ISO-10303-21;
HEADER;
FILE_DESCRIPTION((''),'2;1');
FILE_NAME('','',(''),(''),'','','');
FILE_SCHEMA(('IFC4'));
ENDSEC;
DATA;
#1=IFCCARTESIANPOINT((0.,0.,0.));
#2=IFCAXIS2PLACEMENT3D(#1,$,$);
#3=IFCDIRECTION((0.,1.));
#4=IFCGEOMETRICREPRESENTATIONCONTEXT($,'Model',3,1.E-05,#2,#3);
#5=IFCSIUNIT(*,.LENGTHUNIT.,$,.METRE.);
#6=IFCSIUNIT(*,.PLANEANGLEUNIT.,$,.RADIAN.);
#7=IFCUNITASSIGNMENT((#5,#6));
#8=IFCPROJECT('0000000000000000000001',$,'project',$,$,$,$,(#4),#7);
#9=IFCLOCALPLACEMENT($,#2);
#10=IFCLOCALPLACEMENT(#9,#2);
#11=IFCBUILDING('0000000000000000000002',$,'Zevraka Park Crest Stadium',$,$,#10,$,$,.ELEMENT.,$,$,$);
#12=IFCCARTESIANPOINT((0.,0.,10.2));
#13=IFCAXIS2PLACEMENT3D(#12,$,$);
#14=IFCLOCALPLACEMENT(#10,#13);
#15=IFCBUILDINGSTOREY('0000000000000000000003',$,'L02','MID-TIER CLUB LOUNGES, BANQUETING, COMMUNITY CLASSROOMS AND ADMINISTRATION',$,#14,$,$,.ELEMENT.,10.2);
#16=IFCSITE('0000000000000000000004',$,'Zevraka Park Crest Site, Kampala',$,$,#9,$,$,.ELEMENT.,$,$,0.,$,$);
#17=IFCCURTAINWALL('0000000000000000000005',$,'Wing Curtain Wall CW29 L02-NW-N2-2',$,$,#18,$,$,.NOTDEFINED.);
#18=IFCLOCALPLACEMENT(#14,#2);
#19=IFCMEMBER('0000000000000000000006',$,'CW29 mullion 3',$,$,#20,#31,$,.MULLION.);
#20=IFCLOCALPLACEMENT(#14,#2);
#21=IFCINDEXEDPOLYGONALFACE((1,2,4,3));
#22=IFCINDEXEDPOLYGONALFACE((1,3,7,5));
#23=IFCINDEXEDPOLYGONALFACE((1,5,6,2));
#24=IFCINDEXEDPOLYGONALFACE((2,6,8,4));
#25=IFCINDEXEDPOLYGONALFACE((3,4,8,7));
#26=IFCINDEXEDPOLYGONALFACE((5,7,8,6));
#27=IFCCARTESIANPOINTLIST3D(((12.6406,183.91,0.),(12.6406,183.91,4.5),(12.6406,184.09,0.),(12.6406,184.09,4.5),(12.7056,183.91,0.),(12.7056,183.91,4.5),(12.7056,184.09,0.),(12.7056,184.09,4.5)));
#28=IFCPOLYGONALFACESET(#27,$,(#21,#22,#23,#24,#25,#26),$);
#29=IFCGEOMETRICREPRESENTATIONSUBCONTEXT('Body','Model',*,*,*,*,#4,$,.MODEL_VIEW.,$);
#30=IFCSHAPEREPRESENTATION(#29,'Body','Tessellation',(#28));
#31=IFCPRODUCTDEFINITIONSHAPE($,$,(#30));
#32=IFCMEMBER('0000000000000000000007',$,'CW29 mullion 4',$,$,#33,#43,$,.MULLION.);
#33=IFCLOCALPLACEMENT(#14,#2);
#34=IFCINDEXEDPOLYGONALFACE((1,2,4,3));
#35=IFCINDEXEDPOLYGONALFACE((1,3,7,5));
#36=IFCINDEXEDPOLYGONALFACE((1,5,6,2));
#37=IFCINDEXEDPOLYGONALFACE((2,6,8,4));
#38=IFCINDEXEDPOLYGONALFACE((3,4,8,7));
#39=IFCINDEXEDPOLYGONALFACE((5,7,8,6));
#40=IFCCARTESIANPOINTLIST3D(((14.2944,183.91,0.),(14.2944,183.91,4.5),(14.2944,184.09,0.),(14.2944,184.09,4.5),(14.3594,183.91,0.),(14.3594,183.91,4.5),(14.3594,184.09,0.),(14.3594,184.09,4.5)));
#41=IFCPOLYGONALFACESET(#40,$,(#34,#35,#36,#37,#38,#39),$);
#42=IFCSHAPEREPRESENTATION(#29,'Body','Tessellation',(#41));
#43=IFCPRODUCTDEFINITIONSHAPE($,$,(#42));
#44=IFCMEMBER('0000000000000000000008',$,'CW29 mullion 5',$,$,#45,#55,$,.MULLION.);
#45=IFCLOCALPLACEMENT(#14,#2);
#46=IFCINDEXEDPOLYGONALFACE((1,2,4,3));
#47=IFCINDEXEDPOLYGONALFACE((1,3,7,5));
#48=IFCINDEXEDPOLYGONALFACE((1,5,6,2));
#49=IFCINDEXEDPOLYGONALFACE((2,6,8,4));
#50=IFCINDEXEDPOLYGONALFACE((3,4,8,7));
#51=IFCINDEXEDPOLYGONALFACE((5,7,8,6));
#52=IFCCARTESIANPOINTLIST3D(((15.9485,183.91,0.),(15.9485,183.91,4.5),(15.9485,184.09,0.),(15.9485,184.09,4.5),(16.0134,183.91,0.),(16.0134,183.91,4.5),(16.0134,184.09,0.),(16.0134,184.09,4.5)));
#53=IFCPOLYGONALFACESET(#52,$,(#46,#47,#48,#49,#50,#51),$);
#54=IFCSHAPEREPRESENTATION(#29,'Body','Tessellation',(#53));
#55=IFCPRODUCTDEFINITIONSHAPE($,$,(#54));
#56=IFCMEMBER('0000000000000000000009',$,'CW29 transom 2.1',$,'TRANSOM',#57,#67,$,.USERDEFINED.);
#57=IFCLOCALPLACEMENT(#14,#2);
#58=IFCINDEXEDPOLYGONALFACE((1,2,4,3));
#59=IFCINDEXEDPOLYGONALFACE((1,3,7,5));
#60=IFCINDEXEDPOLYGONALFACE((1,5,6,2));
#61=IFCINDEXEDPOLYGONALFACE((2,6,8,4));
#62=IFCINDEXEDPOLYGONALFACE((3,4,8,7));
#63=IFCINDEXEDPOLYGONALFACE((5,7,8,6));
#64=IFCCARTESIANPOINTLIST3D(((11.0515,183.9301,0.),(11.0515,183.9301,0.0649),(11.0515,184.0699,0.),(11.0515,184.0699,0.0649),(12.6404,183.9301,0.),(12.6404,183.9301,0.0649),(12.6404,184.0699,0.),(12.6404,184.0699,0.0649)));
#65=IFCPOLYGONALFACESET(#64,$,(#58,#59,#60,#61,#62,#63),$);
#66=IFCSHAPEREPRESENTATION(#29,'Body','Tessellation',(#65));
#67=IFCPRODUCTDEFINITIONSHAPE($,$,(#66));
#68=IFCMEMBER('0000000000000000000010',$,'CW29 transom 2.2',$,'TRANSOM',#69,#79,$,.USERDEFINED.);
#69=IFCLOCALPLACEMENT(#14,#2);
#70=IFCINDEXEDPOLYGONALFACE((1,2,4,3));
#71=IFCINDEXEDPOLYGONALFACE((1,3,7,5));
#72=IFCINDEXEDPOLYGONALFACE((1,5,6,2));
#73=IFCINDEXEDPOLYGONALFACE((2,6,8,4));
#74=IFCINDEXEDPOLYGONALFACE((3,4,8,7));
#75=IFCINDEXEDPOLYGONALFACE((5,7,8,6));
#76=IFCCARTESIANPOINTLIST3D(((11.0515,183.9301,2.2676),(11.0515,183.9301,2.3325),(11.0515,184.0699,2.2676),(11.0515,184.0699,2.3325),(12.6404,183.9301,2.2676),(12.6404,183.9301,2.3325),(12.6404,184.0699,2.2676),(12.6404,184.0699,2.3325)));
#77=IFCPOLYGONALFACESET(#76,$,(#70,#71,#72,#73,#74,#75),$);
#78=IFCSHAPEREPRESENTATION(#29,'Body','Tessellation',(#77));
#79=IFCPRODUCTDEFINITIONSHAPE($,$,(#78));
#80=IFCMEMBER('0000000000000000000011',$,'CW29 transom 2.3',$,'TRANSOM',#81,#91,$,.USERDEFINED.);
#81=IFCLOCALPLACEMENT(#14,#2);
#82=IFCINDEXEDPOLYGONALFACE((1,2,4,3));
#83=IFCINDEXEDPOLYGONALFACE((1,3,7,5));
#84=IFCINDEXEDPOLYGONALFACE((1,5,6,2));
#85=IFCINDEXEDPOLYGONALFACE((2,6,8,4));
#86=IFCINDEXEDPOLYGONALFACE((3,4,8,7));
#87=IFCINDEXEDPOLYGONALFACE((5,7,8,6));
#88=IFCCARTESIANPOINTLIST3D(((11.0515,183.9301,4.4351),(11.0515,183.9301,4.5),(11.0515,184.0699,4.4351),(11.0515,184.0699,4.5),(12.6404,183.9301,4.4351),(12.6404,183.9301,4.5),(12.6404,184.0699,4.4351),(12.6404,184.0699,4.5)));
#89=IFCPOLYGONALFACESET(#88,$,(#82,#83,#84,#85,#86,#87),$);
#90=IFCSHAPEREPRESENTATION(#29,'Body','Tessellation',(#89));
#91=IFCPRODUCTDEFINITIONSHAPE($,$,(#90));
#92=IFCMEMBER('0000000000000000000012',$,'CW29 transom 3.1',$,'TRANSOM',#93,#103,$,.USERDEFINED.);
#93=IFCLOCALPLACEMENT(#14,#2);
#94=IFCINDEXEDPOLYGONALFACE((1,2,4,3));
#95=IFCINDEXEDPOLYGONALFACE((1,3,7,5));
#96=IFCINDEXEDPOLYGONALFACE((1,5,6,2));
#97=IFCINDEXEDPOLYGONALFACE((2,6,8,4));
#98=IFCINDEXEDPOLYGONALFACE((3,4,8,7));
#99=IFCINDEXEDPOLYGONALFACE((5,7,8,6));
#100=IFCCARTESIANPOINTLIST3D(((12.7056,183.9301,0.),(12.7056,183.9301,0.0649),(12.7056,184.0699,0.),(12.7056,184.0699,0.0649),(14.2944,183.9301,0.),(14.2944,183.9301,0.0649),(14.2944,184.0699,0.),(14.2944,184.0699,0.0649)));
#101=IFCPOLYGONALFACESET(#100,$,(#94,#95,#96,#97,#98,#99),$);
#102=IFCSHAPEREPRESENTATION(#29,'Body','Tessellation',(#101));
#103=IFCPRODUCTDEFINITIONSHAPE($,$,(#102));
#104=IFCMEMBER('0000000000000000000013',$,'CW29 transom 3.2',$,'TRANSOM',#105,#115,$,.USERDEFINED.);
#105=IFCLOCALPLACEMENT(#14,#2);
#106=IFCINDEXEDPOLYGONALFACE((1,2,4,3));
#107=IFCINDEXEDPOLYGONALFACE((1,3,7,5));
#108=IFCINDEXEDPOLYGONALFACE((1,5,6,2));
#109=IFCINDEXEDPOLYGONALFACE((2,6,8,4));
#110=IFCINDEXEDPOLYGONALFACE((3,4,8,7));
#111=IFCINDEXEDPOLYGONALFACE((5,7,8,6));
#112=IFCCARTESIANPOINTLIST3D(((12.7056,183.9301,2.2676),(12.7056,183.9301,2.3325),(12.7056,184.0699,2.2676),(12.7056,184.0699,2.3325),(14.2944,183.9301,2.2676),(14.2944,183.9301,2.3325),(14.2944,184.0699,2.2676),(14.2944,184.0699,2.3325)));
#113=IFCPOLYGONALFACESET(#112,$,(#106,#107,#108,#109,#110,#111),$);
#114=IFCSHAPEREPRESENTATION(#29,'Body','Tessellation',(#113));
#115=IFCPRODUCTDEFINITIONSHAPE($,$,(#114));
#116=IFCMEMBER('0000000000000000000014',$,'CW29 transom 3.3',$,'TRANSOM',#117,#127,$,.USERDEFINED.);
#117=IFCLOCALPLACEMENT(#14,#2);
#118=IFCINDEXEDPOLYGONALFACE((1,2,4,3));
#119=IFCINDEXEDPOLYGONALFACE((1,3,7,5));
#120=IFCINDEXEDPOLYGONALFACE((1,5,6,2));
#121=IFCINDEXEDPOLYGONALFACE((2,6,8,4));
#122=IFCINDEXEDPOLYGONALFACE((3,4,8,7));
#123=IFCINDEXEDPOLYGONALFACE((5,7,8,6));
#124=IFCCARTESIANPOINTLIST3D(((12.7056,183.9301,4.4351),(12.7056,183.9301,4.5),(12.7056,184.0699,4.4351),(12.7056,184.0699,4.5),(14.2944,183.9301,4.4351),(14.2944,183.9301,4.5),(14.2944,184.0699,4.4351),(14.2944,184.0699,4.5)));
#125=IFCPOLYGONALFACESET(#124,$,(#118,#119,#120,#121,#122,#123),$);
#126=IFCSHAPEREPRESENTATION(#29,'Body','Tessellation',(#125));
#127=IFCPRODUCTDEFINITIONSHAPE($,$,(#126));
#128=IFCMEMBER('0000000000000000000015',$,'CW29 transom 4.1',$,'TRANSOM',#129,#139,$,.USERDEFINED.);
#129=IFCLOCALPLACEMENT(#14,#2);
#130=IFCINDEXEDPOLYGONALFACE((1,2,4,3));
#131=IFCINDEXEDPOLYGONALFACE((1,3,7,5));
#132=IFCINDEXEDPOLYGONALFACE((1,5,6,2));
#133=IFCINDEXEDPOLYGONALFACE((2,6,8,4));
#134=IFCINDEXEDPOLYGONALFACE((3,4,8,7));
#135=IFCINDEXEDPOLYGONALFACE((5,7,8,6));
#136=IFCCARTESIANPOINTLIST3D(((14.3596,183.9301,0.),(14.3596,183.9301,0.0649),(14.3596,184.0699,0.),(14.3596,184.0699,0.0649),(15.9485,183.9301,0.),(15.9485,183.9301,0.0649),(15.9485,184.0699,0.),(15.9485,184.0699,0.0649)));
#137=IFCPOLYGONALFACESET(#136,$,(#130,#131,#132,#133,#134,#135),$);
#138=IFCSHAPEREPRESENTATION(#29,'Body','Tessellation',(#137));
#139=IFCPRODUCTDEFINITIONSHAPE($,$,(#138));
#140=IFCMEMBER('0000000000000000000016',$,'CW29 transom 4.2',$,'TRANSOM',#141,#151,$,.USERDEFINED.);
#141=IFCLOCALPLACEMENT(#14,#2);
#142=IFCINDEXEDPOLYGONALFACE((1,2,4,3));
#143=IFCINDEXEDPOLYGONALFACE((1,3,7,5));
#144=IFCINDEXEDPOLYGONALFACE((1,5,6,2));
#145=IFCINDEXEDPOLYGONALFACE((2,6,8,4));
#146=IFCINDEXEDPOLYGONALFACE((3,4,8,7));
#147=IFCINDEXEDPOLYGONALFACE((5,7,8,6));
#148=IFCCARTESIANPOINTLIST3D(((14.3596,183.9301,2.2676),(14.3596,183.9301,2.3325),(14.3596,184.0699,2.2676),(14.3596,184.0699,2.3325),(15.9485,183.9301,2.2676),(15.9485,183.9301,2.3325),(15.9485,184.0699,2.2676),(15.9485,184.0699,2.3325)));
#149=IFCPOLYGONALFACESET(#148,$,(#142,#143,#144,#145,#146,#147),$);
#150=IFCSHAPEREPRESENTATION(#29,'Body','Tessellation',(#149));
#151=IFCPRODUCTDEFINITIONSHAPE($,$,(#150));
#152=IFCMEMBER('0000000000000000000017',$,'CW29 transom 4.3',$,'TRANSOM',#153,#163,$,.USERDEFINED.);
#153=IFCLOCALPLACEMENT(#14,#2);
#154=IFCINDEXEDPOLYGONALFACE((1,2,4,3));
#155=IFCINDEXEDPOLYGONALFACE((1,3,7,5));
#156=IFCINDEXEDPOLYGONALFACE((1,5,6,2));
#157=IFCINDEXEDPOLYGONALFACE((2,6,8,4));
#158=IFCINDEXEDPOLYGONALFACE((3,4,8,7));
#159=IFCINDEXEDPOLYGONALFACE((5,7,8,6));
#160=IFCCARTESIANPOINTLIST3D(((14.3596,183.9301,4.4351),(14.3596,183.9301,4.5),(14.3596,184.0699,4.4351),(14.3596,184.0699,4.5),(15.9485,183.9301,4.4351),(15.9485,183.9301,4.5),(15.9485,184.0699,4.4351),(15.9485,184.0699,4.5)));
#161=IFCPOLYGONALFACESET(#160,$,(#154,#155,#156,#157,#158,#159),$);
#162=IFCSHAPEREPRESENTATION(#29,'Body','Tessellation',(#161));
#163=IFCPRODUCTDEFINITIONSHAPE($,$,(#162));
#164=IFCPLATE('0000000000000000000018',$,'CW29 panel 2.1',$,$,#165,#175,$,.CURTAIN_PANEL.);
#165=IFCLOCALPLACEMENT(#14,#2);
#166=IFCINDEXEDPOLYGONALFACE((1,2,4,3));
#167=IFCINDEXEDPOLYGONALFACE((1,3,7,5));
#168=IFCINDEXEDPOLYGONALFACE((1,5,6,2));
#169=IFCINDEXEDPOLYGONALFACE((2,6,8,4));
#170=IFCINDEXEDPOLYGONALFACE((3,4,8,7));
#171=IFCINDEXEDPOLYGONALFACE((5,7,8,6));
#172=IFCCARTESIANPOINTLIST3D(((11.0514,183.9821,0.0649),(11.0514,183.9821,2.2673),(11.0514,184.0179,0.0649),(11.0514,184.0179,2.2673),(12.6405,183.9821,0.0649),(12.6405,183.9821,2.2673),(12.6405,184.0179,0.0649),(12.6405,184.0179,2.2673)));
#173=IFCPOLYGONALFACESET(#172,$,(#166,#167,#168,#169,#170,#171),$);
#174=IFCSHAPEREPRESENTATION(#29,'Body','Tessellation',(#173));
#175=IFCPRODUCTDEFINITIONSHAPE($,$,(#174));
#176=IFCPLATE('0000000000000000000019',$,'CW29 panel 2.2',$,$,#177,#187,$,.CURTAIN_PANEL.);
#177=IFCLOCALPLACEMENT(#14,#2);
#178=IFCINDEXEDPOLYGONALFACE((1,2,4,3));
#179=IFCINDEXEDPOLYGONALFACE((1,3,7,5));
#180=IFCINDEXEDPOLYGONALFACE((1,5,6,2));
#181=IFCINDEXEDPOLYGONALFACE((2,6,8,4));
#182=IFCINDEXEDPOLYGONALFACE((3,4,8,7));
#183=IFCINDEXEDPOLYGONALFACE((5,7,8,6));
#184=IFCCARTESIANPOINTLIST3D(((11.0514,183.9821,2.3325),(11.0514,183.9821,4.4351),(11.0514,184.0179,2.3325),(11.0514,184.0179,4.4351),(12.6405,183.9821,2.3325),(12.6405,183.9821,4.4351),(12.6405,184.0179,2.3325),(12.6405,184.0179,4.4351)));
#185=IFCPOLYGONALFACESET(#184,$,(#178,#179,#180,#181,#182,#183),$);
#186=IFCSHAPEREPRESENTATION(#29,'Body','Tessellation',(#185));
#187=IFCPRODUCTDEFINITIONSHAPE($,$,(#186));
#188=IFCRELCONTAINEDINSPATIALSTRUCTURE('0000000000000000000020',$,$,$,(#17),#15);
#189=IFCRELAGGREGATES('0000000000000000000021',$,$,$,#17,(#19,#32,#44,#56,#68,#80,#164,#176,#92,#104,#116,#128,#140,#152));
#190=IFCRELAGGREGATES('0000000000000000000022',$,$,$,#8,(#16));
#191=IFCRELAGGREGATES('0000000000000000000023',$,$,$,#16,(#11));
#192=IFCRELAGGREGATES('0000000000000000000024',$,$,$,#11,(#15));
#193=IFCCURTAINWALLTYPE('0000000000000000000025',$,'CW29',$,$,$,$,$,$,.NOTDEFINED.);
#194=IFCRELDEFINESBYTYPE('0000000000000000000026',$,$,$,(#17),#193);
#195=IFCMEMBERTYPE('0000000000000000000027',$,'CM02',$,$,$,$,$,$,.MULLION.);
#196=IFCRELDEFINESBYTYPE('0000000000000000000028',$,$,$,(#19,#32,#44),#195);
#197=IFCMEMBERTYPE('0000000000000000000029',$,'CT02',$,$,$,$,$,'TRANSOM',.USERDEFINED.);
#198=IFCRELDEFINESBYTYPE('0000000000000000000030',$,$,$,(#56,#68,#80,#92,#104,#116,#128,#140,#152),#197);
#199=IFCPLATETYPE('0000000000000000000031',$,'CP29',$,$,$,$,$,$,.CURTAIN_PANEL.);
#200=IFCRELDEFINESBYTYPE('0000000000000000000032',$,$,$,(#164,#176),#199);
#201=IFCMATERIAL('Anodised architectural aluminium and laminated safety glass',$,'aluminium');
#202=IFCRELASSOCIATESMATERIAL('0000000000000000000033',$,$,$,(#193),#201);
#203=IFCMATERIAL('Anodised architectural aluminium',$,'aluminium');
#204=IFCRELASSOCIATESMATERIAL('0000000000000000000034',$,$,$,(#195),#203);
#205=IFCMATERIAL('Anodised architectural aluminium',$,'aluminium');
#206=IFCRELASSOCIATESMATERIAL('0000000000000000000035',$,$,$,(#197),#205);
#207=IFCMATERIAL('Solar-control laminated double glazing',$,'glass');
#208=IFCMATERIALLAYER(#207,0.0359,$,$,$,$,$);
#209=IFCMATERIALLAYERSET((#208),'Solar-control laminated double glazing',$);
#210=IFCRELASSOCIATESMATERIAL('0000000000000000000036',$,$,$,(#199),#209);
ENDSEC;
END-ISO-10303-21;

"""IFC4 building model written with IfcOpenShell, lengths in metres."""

from ifc_helpers import new_model, si_unit, direction, frame, origin, origin_2d, place, context, subcontext, project, spatial, rectangle, extrude, material, layer, layer_set, material_profile, profile_set, type_object, element, aggregate, save


model = new_model("IFC4")

# Units and contexts
model_context = context("Model", 3, precision=1e-05, world=origin(), true_north=direction((0.0, 1.0)))
body_context = subcontext(model_context, "Body", "Model", "MODEL_VIEW")
ifc_project = project(units=[si_unit("LENGTHUNIT", "METRE"), si_unit("PLANEANGLEUNIT", "RADIAN")], contexts=[model_context])

# Site, building, storey
site_placement = place(None, origin())
site = spatial("IfcSite", under=ifc_project, at=site_placement, Name="Zevraka Park Crest Site, Kampala", CompositionType="ELEMENT", RefElevation=0.0)
building_placement = place(site_placement, origin())
building = spatial("IfcBuilding", under=site, at=building_placement, Name="Zevraka Park Crest Stadium", CompositionType="ELEMENT")
storey_placement = place(building_placement, frame((0.0, 0.0, 10.2)))
storey = spatial("IfcBuildingStorey", under=building, at=storey_placement, Name="L02", Description="MID-TIER CLUB LOUNGES, BANQUETING, COMMUNITY CLASSROOMS AND ADMINISTRATION", CompositionType="ELEMENT", Elevation=10.2)

# Curtain wall, members, plates
ifc_material_1 = material(Name="Anodised architectural aluminium and laminated safety glass", Category="aluminium")
curtain_wall_type = type_object("IfcCurtainWallType", Name="CW29", PredefinedType="NOTDEFINED", material=ifc_material_1)
curtain_wall_placement = place(storey_placement, origin())
curtain_wall = element("IfcCurtainWall", 1, at=curtain_wall_placement, inside=storey, type_object=curtain_wall_type, Name="Wing Curtain Wall CW29 L02-NW-N2-2", PredefinedType="NOTDEFINED")
ifc_material_2 = material(Name="Anodised architectural aluminium", Category="aluminium")
ifc_material_profile_1 = material_profile(ifc_material_2, rectangle(XDim=0.1799, YDim=0.0649, at=origin_2d()), Name="ALU MULLION 180x65")
ifc_profile_set_1 = profile_set([ifc_material_profile_1], Name="Anodised architectural aluminium")
member_type_1 = type_object("IfcMemberType", Name="CM02", PredefinedType="MULLION", material=ifc_profile_set_1)
member_1_placement = place(storey_placement, frame((12.6731, 184.0, 0.0), z_axis=(0.0, 0.0, 1.0), x_axis=(0.0, 1.0, 0.0)))
member_1 = element("IfcMember", 2, at=member_1_placement, type_object=member_type_1, Name="CW29 mullion 3", PredefinedType="MULLION", context=body_context, shape_type="SweptSolid", body=[
    extrude(rectangle(XDim=0.1799, YDim=0.0649, at=origin_2d()), origin(), (0.0, 0.0, 1.0), 4.5),
])
member_2_placement = place(storey_placement, frame((14.3269, 184.0, 0.0), z_axis=(0.0, 0.0, 1.0), x_axis=(0.0, 1.0, 0.0)))
member_2 = element("IfcMember", 3, at=member_2_placement, type_object=member_type_1, Name="CW29 mullion 4", PredefinedType="MULLION", context=body_context, shape_type="SweptSolid", body=[
    extrude(rectangle(XDim=0.1799, YDim=0.0649, at=origin_2d()), origin(), (0.0, 0.0, 1.0), 4.5),
])
member_3_placement = place(storey_placement, frame((15.981, 184.0, 0.0), z_axis=(0.0, 0.0, 1.0), x_axis=(0.0, 1.0, 0.0)))
member_3 = element("IfcMember", 4, at=member_3_placement, type_object=member_type_1, Name="CW29 mullion 5", PredefinedType="MULLION", context=body_context, shape_type="SweptSolid", body=[
    extrude(rectangle(XDim=0.1799, YDim=0.0649, at=origin_2d()), origin(), (0.0, 0.0, 1.0), 4.5),
])
ifc_material_3 = material(Name="Anodised architectural aluminium", Category="aluminium")
ifc_material_profile_2 = material_profile(ifc_material_3, rectangle(XDim=0.1399, YDim=0.0649, at=origin_2d()), Name="ALU TRANSOM 140x65")
ifc_profile_set_2 = profile_set([ifc_material_profile_2], Name="Anodised architectural aluminium")
member_type_2 = type_object("IfcMemberType", Name="CT02", ElementType="TRANSOM", PredefinedType="USERDEFINED", material=ifc_profile_set_2)
member_4_placement = place(storey_placement, frame((11.0515, 184.0, 0.0325), z_axis=(1.0, 0.0, 0.0), x_axis=(0.0, 1.0, 0.0)))
member_4 = element("IfcMember", 5, at=member_4_placement, type_object=member_type_2, Name="CW29 transom 2.1", ObjectType="TRANSOM", PredefinedType="USERDEFINED", context=body_context, shape_type="SweptSolid", body=[
    extrude(rectangle(XDim=0.1399, YDim=0.0649, at=origin_2d()), origin(), (0.0, 0.0, 1.0), 1.5889),
])
member_5_placement = place(storey_placement, frame((11.0515, 184.0, 2.3), z_axis=(1.0, 0.0, 0.0), x_axis=(0.0, 1.0, 0.0)))
member_5 = element("IfcMember", 6, at=member_5_placement, type_object=member_type_2, Name="CW29 transom 2.2", ObjectType="TRANSOM", PredefinedType="USERDEFINED", context=body_context, shape_type="SweptSolid", body=[
    extrude(rectangle(XDim=0.1399, YDim=0.0649, at=origin_2d()), origin(), (0.0, 0.0, 1.0), 1.5889),
])
member_6_placement = place(storey_placement, frame((11.0515, 184.0, 4.4675), z_axis=(1.0, 0.0, 0.0), x_axis=(0.0, 1.0, 0.0)))
member_6 = element("IfcMember", 7, at=member_6_placement, type_object=member_type_2, Name="CW29 transom 2.3", ObjectType="TRANSOM", PredefinedType="USERDEFINED", context=body_context, shape_type="SweptSolid", body=[
    extrude(rectangle(XDim=0.1399, YDim=0.0649, at=origin_2d()), origin(), (0.0, 0.0, 1.0), 1.5889),
])
member_7_placement = place(storey_placement, frame((12.7056, 184.0, 0.0325), z_axis=(1.0, 0.0, 0.0), x_axis=(0.0, 1.0, 0.0)))
member_7 = element("IfcMember", 8, at=member_7_placement, type_object=member_type_2, Name="CW29 transom 3.1", ObjectType="TRANSOM", PredefinedType="USERDEFINED", context=body_context, shape_type="SweptSolid", body=[
    extrude(rectangle(XDim=0.1399, YDim=0.0649, at=origin_2d()), origin(), (0.0, 0.0, 1.0), 1.5889),
])
member_8_placement = place(storey_placement, frame((12.7056, 184.0, 2.3), z_axis=(1.0, 0.0, 0.0), x_axis=(0.0, 1.0, 0.0)))
member_8 = element("IfcMember", 9, at=member_8_placement, type_object=member_type_2, Name="CW29 transom 3.2", ObjectType="TRANSOM", PredefinedType="USERDEFINED", context=body_context, shape_type="SweptSolid", body=[
    extrude(rectangle(XDim=0.1399, YDim=0.0649, at=origin_2d()), origin(), (0.0, 0.0, 1.0), 1.5889),
])
member_9_placement = place(storey_placement, frame((12.7056, 184.0, 4.4675), z_axis=(1.0, 0.0, 0.0), x_axis=(0.0, 1.0, 0.0)))
member_9 = element("IfcMember", 10, at=member_9_placement, type_object=member_type_2, Name="CW29 transom 3.3", ObjectType="TRANSOM", PredefinedType="USERDEFINED", context=body_context, shape_type="SweptSolid", body=[
    extrude(rectangle(XDim=0.1399, YDim=0.0649, at=origin_2d()), origin(), (0.0, 0.0, 1.0), 1.5889),
])
member_10_placement = place(storey_placement, frame((14.3596, 184.0, 0.0325), z_axis=(1.0, 0.0, 0.0), x_axis=(0.0, 1.0, 0.0)))
member_10 = element("IfcMember", 11, at=member_10_placement, type_object=member_type_2, Name="CW29 transom 4.1", ObjectType="TRANSOM", PredefinedType="USERDEFINED", context=body_context, shape_type="SweptSolid", body=[
    extrude(rectangle(XDim=0.1399, YDim=0.0649, at=origin_2d()), origin(), (0.0, 0.0, 1.0), 1.5889),
])
member_11_placement = place(storey_placement, frame((14.3596, 184.0, 2.3), z_axis=(1.0, 0.0, 0.0), x_axis=(0.0, 1.0, 0.0)))
member_11 = element("IfcMember", 12, at=member_11_placement, type_object=member_type_2, Name="CW29 transom 4.2", ObjectType="TRANSOM", PredefinedType="USERDEFINED", context=body_context, shape_type="SweptSolid", body=[
    extrude(rectangle(XDim=0.1399, YDim=0.0649, at=origin_2d()), origin(), (0.0, 0.0, 1.0), 1.5889),
])
member_12_placement = place(storey_placement, frame((14.3596, 184.0, 4.4675), z_axis=(1.0, 0.0, 0.0), x_axis=(0.0, 1.0, 0.0)))
member_12 = element("IfcMember", 13, at=member_12_placement, type_object=member_type_2, Name="CW29 transom 4.3", ObjectType="TRANSOM", PredefinedType="USERDEFINED", context=body_context, shape_type="SweptSolid", body=[
    extrude(rectangle(XDim=0.1399, YDim=0.0649, at=origin_2d()), origin(), (0.0, 0.0, 1.0), 1.5889),
])
ifc_material_4 = material(Name="Solar-control laminated double glazing", Category="glass")
ifc_layer_1 = layer(ifc_material_4, 0.0359)
ifc_layer_set_1 = layer_set([ifc_layer_1], Name="Solar-control laminated double glazing")
plate_type = type_object("IfcPlateType", Name="CP29", PredefinedType="CURTAIN_PANEL", material=ifc_layer_set_1)
plate_1_placement = place(storey_placement, frame((11.8459, 184.0, 0.0649), z_axis=(0.0, 0.0, 1.0), x_axis=(1.0, 0.0, 0.0)))
plate_1 = element("IfcPlate", 14, at=plate_1_placement, type_object=plate_type, Name="CW29 panel 2.1", PredefinedType="CURTAIN_PANEL", context=body_context, shape_type="SweptSolid", body=[
    extrude(rectangle(XDim=1.5891, YDim=0.0359, at=origin_2d()), origin(), (0.0, 0.0, 1.0), 2.2024),
])
plate_2_placement = place(storey_placement, frame((11.8459, 184.0, 2.3325), z_axis=(0.0, 0.0, 1.0), x_axis=(1.0, 0.0, 0.0)))
plate_2 = element("IfcPlate", 15, at=plate_2_placement, type_object=plate_type, Name="CW29 panel 2.2", PredefinedType="CURTAIN_PANEL", context=body_context, shape_type="SweptSolid", body=[
    extrude(rectangle(XDim=1.5891, YDim=0.0359, at=origin_2d()), origin(), (0.0, 0.0, 1.0), 2.1025),
])
aggregate(curtain_wall, [member_1, member_2, member_3, member_4, member_5, member_6, plate_1, plate_2, member_7, member_8, member_9, member_10, member_11, member_12])

save(model, "model.ifc")
